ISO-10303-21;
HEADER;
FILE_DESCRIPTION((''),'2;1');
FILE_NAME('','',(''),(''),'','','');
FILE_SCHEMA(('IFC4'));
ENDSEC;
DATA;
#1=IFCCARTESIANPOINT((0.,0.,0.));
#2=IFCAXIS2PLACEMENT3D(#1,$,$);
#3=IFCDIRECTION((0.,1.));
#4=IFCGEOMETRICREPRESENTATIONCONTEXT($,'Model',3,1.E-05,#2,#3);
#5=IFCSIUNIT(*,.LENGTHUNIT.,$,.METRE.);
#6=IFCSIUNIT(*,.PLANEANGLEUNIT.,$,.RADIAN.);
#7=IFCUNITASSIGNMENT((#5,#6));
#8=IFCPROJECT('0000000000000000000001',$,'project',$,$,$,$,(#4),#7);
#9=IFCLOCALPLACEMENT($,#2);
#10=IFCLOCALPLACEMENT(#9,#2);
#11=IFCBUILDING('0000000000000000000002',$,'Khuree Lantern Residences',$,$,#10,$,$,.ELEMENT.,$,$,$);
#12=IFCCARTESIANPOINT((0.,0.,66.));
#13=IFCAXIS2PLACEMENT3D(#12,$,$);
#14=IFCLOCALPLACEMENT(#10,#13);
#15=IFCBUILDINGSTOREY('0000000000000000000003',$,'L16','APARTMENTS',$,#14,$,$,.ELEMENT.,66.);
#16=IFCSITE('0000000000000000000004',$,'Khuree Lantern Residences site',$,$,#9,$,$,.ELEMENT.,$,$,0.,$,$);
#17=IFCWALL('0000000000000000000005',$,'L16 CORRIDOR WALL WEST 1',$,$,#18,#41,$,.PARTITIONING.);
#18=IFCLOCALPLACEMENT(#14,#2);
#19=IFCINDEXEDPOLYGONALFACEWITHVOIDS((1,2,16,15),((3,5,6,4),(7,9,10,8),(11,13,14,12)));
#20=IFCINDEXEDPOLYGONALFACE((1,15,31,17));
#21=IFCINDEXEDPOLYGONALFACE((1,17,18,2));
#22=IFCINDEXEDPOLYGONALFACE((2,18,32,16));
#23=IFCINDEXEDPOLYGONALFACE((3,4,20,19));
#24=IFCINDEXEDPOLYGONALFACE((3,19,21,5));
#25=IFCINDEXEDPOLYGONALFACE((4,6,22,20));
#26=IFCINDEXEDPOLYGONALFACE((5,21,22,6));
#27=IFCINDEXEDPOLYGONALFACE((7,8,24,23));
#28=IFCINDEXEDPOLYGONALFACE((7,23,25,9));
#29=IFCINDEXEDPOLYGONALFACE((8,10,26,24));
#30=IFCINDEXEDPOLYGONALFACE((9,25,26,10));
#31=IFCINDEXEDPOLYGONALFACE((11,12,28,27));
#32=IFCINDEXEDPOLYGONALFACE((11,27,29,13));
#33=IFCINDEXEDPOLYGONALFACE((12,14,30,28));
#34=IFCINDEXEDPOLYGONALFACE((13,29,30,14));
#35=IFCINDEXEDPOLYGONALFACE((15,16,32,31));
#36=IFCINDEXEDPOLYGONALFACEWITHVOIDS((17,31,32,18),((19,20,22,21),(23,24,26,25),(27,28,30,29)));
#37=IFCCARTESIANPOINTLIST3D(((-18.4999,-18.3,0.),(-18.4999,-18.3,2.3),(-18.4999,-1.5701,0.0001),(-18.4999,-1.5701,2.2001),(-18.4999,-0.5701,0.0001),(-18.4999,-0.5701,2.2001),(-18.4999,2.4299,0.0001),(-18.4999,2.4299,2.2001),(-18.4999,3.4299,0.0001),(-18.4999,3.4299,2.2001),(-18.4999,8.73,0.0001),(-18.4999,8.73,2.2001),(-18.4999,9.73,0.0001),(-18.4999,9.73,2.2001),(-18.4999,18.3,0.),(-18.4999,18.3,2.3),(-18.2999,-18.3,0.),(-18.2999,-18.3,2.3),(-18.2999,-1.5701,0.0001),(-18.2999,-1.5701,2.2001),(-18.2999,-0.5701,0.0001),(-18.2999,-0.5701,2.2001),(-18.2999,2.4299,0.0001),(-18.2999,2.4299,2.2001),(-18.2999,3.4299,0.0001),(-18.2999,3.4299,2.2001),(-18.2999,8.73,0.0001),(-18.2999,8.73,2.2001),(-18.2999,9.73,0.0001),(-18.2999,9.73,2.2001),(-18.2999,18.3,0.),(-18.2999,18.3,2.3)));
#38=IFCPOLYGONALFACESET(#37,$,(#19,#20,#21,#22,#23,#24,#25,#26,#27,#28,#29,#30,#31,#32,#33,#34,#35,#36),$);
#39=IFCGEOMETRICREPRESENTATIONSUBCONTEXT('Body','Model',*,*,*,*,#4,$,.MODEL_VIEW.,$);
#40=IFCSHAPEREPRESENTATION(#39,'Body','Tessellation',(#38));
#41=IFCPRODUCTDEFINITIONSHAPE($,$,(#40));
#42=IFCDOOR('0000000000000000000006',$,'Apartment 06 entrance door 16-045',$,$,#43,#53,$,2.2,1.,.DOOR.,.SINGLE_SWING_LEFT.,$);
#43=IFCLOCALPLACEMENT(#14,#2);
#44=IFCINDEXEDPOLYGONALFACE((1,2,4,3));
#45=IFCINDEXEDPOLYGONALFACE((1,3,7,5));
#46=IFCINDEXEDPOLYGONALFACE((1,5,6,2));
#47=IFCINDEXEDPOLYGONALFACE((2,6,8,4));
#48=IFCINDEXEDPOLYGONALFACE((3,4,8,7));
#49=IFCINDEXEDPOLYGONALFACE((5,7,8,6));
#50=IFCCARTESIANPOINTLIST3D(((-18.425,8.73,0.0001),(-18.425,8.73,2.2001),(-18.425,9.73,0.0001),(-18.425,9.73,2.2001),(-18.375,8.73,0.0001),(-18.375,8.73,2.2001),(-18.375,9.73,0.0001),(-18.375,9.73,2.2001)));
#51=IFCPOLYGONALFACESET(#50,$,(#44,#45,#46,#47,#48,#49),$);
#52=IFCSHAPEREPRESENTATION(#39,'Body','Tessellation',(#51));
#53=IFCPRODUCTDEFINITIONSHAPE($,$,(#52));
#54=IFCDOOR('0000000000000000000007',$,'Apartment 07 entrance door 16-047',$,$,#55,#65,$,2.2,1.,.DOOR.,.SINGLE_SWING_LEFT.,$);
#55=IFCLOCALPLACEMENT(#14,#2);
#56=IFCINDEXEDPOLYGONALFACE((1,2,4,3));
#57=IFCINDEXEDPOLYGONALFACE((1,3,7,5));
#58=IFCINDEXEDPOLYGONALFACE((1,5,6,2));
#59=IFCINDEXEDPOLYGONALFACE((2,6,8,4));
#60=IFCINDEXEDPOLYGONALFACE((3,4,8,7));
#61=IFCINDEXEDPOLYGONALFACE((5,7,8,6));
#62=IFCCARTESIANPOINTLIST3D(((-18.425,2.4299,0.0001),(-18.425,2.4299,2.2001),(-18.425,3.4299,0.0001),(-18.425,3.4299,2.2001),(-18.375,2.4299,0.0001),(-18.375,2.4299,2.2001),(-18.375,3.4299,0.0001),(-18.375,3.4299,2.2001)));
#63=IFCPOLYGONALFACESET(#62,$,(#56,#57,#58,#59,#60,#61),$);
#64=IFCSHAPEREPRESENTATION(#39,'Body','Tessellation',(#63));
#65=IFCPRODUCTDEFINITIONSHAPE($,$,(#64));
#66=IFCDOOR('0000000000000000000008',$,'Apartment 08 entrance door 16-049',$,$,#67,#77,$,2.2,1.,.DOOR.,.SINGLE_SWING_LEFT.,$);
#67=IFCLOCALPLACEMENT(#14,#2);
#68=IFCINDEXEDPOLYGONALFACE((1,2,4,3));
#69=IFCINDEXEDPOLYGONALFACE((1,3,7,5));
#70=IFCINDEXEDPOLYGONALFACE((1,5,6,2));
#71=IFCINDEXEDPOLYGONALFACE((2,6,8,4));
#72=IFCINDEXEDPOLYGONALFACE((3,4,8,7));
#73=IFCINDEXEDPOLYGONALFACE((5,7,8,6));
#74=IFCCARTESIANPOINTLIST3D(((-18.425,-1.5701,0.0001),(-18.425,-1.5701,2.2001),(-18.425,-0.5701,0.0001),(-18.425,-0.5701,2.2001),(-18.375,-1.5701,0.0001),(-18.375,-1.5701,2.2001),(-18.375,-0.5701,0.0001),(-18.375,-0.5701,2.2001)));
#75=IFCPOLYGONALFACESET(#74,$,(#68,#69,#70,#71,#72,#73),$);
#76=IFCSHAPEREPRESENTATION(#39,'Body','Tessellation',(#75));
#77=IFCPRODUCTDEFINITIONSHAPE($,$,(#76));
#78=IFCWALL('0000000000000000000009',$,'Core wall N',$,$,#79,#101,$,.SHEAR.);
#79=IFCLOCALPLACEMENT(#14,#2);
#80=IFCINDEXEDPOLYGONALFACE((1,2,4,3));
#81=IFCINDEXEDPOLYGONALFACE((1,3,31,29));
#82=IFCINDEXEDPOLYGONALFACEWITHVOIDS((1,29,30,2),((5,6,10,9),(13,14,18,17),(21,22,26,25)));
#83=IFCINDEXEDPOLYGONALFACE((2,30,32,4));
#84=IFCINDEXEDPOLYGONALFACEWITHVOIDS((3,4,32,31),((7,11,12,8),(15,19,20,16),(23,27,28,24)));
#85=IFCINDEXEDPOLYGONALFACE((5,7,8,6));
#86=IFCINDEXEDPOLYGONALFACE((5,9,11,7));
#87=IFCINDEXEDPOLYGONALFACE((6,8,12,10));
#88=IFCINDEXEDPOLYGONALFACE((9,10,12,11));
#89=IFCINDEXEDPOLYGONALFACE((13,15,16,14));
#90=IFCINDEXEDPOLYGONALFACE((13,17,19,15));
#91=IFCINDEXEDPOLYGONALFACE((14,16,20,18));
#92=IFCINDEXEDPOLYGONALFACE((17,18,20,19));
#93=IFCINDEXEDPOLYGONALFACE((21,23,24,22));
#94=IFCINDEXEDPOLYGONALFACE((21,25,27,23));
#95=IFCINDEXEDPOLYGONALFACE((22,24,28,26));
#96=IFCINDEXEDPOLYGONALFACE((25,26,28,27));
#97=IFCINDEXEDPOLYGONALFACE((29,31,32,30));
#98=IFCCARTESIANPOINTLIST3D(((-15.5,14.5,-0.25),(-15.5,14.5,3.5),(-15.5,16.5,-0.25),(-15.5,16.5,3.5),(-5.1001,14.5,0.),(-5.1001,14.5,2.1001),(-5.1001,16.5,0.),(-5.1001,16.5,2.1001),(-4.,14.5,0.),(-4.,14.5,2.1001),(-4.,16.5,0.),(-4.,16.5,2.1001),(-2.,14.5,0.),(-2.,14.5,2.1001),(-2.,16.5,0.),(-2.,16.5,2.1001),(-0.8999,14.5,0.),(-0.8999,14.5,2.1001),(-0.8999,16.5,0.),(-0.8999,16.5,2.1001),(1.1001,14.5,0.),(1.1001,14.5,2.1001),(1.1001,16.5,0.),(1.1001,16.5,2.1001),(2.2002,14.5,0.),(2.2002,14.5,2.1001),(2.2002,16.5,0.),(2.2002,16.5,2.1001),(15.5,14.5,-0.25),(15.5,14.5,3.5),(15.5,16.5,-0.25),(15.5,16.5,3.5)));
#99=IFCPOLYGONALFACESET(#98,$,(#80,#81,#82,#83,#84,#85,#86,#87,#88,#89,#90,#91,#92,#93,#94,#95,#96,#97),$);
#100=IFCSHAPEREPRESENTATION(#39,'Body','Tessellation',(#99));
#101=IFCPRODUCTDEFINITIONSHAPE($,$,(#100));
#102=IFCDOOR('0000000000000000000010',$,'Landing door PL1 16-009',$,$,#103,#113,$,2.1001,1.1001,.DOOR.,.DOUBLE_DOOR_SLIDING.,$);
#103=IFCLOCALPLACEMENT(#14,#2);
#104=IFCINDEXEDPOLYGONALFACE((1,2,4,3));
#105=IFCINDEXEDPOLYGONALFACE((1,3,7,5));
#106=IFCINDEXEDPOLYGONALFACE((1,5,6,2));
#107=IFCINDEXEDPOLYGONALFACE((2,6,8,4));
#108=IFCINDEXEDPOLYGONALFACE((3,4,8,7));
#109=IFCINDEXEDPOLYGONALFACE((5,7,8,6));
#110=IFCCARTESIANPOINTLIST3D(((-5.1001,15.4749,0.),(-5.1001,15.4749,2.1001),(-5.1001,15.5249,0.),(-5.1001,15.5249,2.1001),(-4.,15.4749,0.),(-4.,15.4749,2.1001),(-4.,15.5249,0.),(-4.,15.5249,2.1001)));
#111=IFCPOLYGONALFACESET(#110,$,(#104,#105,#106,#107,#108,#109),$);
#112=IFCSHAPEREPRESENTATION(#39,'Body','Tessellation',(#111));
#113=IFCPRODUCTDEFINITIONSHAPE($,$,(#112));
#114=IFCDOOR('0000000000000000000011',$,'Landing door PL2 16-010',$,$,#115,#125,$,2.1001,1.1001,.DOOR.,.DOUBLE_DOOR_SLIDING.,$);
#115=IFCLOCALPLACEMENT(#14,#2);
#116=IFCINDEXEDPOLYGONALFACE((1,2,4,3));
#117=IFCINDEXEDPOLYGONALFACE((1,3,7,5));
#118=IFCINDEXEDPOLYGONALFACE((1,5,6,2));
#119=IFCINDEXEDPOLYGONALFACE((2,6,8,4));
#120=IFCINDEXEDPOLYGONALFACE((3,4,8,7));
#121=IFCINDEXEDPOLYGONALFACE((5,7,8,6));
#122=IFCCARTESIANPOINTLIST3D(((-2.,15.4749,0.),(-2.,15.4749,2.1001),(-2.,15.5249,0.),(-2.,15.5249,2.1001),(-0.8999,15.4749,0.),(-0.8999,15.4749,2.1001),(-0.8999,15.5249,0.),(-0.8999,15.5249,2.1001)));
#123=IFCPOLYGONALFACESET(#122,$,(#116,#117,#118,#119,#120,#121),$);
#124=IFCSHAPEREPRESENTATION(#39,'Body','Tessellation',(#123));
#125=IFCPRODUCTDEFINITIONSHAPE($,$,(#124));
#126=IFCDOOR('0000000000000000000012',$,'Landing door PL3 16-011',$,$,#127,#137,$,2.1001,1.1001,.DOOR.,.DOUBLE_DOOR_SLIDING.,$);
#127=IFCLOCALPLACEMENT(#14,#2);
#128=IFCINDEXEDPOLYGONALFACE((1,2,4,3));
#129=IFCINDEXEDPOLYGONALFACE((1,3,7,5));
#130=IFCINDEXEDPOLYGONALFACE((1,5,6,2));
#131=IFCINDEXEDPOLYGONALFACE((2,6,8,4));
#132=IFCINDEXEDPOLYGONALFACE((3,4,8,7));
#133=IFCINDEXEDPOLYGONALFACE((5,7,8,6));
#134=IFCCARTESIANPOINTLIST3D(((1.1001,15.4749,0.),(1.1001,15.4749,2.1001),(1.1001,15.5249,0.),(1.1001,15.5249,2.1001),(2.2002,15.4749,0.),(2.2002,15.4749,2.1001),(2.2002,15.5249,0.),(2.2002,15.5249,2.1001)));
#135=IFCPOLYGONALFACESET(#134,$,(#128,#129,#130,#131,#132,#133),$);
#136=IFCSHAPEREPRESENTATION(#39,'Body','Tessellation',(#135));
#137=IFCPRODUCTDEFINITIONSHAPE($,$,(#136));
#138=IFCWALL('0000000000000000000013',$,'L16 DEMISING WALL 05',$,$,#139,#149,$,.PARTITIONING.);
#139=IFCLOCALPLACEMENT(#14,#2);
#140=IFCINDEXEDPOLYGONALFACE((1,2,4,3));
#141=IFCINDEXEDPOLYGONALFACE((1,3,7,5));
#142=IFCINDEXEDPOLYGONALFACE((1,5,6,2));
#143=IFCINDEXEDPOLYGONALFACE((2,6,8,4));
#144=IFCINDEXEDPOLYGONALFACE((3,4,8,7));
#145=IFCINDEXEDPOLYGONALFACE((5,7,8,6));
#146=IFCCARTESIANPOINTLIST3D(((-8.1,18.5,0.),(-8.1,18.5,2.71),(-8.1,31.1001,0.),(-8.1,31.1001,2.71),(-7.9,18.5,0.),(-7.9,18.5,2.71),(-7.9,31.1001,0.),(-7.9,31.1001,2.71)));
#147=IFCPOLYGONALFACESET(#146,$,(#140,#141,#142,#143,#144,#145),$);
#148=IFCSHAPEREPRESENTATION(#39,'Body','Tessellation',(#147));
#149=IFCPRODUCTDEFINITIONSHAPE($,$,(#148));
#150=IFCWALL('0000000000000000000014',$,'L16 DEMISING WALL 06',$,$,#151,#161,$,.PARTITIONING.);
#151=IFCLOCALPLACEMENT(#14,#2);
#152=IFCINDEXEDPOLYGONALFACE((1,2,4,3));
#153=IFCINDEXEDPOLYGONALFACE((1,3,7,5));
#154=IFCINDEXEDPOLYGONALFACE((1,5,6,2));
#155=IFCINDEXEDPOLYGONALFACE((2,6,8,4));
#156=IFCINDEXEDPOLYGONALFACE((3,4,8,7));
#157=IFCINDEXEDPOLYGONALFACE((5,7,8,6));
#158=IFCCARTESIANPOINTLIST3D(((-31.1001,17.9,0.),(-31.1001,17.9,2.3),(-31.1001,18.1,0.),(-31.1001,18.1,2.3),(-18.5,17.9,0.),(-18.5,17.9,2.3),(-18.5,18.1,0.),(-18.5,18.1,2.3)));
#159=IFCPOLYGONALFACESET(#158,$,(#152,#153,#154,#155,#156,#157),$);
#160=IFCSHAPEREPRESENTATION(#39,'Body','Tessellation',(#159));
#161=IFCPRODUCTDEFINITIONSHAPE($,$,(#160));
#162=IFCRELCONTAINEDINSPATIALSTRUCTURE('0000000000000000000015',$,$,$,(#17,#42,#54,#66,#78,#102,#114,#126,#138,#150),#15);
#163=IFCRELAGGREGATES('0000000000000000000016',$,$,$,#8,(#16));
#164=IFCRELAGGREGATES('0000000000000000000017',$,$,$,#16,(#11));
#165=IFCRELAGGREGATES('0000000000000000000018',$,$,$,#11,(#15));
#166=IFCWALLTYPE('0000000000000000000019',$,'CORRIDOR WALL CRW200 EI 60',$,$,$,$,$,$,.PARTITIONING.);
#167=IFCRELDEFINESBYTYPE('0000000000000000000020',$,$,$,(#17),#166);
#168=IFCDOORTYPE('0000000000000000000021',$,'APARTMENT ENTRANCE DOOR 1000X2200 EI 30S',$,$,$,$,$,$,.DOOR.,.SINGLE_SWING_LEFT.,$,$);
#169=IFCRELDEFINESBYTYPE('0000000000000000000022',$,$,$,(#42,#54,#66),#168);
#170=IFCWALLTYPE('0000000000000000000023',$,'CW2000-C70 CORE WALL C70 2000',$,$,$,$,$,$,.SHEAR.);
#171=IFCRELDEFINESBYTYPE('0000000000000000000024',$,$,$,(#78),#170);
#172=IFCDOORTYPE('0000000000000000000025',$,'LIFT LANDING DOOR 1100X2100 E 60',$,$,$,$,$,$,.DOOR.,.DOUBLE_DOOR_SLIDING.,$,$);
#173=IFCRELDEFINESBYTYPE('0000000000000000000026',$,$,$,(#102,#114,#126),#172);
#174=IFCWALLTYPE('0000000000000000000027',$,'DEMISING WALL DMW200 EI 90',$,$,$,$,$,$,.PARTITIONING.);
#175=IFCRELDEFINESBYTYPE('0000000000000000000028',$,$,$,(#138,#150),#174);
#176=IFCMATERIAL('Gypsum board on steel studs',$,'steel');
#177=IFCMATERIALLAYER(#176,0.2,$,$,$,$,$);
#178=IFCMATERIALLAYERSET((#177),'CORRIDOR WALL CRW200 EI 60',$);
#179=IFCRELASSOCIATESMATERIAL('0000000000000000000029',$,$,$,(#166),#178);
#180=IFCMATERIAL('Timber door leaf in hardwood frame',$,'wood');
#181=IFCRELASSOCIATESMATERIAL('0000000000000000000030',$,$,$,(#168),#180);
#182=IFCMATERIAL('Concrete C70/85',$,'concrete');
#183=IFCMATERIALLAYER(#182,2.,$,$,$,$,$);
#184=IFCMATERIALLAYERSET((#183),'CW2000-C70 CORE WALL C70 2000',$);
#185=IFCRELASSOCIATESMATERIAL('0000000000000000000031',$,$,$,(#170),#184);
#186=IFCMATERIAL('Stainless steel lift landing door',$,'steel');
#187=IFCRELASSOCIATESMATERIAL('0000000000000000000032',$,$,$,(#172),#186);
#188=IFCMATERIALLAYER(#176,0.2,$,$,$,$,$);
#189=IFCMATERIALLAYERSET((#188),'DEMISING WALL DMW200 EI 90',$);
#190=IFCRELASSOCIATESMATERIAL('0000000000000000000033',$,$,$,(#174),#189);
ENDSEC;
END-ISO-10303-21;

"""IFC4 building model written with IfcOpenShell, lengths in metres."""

from ifc_helpers import new_model, si_unit, direction, frame, frame_2d, origin, place, context, subcontext, project, spatial, rectangle, extrude, material, layer, layer_set, type_object, element, fill, save


model = new_model("IFC4")

# Units and contexts
model_context = context("Model", 3, precision=1e-05, world=origin(), true_north=direction((0.0, 1.0)))
body_context = subcontext(model_context, "Body", "Model", "MODEL_VIEW")
ifc_project = project(units=[si_unit("LENGTHUNIT", "METRE"), si_unit("PLANEANGLEUNIT", "RADIAN")], contexts=[model_context])

# Site, building, storey
site_placement = place(None, origin())
site = spatial("IfcSite", under=ifc_project, at=site_placement, Name="Khuree Lantern Residences site", CompositionType="ELEMENT", RefElevation=0.0)
building_placement = place(site_placement, origin())
building = spatial("IfcBuilding", under=site, at=building_placement, Name="Khuree Lantern Residences", CompositionType="ELEMENT")
storey_placement = place(building_placement, frame((0.0, 0.0, 66.0)))
storey = spatial("IfcBuildingStorey", under=building, at=storey_placement, Name="L16", Description="APARTMENTS", CompositionType="ELEMENT", Elevation=66.0)

# Shared definitions
ifc_material_1 = material(Name="Concrete C70/85", Category="concrete")

# Walls, openings, doors
ifc_material_2 = material(Name="Gypsum board on steel studs", Category="steel")
ifc_layer_1 = layer(ifc_material_2, 0.2)
ifc_layer_set_1 = layer_set([ifc_layer_1], Name="CORRIDOR WALL CRW200 EI 60")
wall_type_1 = type_object("IfcWallType", Name="CORRIDOR WALL CRW200 EI 60", PredefinedType="PARTITIONING", material=ifc_layer_set_1)
ifc_material_3 = material(Name="Timber door leaf in hardwood frame", Category="wood")
door_type_1 = type_object("IfcDoorType", Name="APARTMENT ENTRANCE DOOR 1000X2200 EI 30S", OperationType="SINGLE_SWING_LEFT", PredefinedType="DOOR", material=ifc_material_3)
wall_1_placement = place(storey_placement, frame((-18.3999, 18.3, 0.0), z_axis=(0.0, 0.0, 1.0), x_axis=(0.0, -1.0, 0.0)))
wall_1 = element("IfcWall", 1, at=wall_1_placement, inside=storey, type_object=wall_type_1, Name="L16 CORRIDOR WALL WEST 1", PredefinedType="PARTITIONING", context=body_context, shape_type="SweptSolid", body=[
    extrude(rectangle(XDim=36.6001, YDim=0.2, at=frame_2d((18.3, 0.0))), origin(), (0.0, 0.0, 1.0), 2.3),
])
opening_1_placement = place(wall_1_placement, frame((8.5701, 0.0, 0.0)))
opening_1 = element("IfcOpeningElement", 2, at=opening_1_placement, cuts=wall_1, PredefinedType="OPENING", context=body_context, shape_type="SweptSolid", body=[
    extrude(rectangle(XDim=1.0, YDim=2.2, at=frame_2d((0.5, 1.1001))), frame((0.0, 0.1099, 0.0), z_axis=(0.0, -1.0, 0.0), x_axis=(1.0, 0.0, 0.0)), (0.0, 0.0, 1.0), 0.22),
])
opening_2_placement = place(wall_1_placement, frame((14.8701, 0.0, 0.0)))
opening_2 = element("IfcOpeningElement", 3, at=opening_2_placement, cuts=wall_1, PredefinedType="OPENING", context=body_context, shape_type="SweptSolid", body=[
    extrude(rectangle(XDim=1.0, YDim=2.2, at=frame_2d((0.5, 1.1001))), frame((0.0, 0.1099, 0.0), z_axis=(0.0, -1.0, 0.0), x_axis=(1.0, 0.0, 0.0)), (0.0, 0.0, 1.0), 0.22),
])
opening_3_placement = place(wall_1_placement, frame((18.8701, 0.0, 0.0)))
opening_3 = element("IfcOpeningElement", 4, at=opening_3_placement, cuts=wall_1, PredefinedType="OPENING", context=body_context, shape_type="SweptSolid", body=[
    extrude(rectangle(XDim=1.0, YDim=2.2, at=frame_2d((0.5, 1.1001))), frame((0.0, 0.1099, 0.0), z_axis=(0.0, -1.0, 0.0), x_axis=(1.0, 0.0, 0.0)), (0.0, 0.0, 1.0), 0.22),
])
door_1_placement = place(opening_1_placement, origin())
door_1 = element("IfcDoor", 5, at=door_1_placement, inside=storey, type_object=door_type_1, Name="Apartment 06 entrance door 16-045", OperationType="SINGLE_SWING_LEFT", OverallHeight=2.2, OverallWidth=1.0, PredefinedType="DOOR", context=body_context, shape_type="SweptSolid", body=[
    extrude(rectangle(XDim=1.0, YDim=2.2, at=frame_2d((0.5, 1.1001))), frame((0.0, 0.0249, 0.0), z_axis=(0.0, -1.0, 0.0), x_axis=(1.0, 0.0, 0.0)), (0.0, 0.0, 1.0), 0.05),
])
fill(opening_1, door_1)
door_2_placement = place(opening_2_placement, origin())
door_2 = element("IfcDoor", 6, at=door_2_placement, inside=storey, type_object=door_type_1, Name="Apartment 07 entrance door 16-047", OperationType="SINGLE_SWING_LEFT", OverallHeight=2.2, OverallWidth=1.0, PredefinedType="DOOR", context=body_context, shape_type="SweptSolid", body=[
    extrude(rectangle(XDim=1.0, YDim=2.2, at=frame_2d((0.5, 1.1001))), frame((0.0, 0.0249, 0.0), z_axis=(0.0, -1.0, 0.0), x_axis=(1.0, 0.0, 0.0)), (0.0, 0.0, 1.0), 0.05),
])
fill(opening_2, door_2)
door_3_placement = place(opening_3_placement, origin())
door_3 = element("IfcDoor", 7, at=door_3_placement, inside=storey, type_object=door_type_1, Name="Apartment 08 entrance door 16-049", OperationType="SINGLE_SWING_LEFT", OverallHeight=2.2, OverallWidth=1.0, PredefinedType="DOOR", context=body_context, shape_type="SweptSolid", body=[
    extrude(rectangle(XDim=1.0, YDim=2.2, at=frame_2d((0.5, 1.1001))), frame((0.0, 0.0249, 0.0), z_axis=(0.0, -1.0, 0.0), x_axis=(1.0, 0.0, 0.0)), (0.0, 0.0, 1.0), 0.05),
])
fill(opening_3, door_3)
ifc_layer_2 = layer(ifc_material_1, 2.0)
ifc_layer_set_2 = layer_set([ifc_layer_2], Name="CW2000-C70 CORE WALL C70 2000")
wall_type_2 = type_object("IfcWallType", Name="CW2000-C70 CORE WALL C70 2000", PredefinedType="SHEAR", material=ifc_layer_set_2)
wall_2_placement = place(storey_placement, frame((-15.5, 15.5, -0.25), z_axis=(0.0, 0.0, 1.0), x_axis=(1.0, 0.0, 0.0)))
wall_2 = element("IfcWall", 8, at=wall_2_placement, inside=storey, type_object=wall_type_2, Name="Core wall N", PredefinedType="SHEAR", context=body_context, shape_type="SweptSolid", body=[
    extrude(rectangle(XDim=31.0, YDim=2.0, at=frame_2d((15.5, 0.0))), origin(), (0.0, 0.0, 1.0), 3.75),
])
opening_4_placement = place(wall_2_placement, frame((10.3999, 0.0, 0.25)))
opening_4 = element("IfcOpeningElement", 9, at=opening_4_placement, cuts=wall_2, PredefinedType="OPENING", context=body_context, shape_type="SweptSolid", body=[
    extrude(rectangle(XDim=1.1001, YDim=2.1001, at=frame_2d((0.55, 1.05))), frame((0.0, 1.01, 0.0), z_axis=(0.0, -1.0, 0.0), x_axis=(1.0, 0.0, 0.0)), (0.0, 0.0, 1.0), 2.02),
])
opening_5_placement = place(wall_2_placement, frame((13.5, 0.0, 0.25)))
opening_5 = element("IfcOpeningElement", 10, at=opening_5_placement, cuts=wall_2, PredefinedType="OPENING", context=body_context, shape_type="SweptSolid", body=[
    extrude(rectangle(XDim=1.1001, YDim=2.1001, at=frame_2d((0.55, 1.05))), frame((0.0, 1.01, 0.0), z_axis=(0.0, -1.0, 0.0), x_axis=(1.0, 0.0, 0.0)), (0.0, 0.0, 1.0), 2.02),
])
opening_6_placement = place(wall_2_placement, frame((16.6001, 0.0, 0.25)))
opening_6 = element("IfcOpeningElement", 11, at=opening_6_placement, cuts=wall_2, PredefinedType="OPENING", context=body_context, shape_type="SweptSolid", body=[
    extrude(rectangle(XDim=1.1001, YDim=2.1001, at=frame_2d((0.55, 1.05))), frame((0.0, 1.01, 0.0), z_axis=(0.0, -1.0, 0.0), x_axis=(1.0, 0.0, 0.0)), (0.0, 0.0, 1.0), 2.02),
])
ifc_material_4 = material(Name="Stainless steel lift landing door", Category="steel")
door_type_2 = type_object("IfcDoorType", Name="LIFT LANDING DOOR 1100X2100 E 60", OperationType="DOUBLE_DOOR_SLIDING", PredefinedType="DOOR", material=ifc_material_4)
door_4_placement = place(opening_4_placement, origin())
door_4 = element("IfcDoor", 12, at=door_4_placement, inside=storey, type_object=door_type_2, Name="Landing door PL1 16-009", OperationType="DOUBLE_DOOR_SLIDING", OverallHeight=2.1001, OverallWidth=1.1001, PredefinedType="DOOR", context=body_context, shape_type="SweptSolid", body=[
    extrude(rectangle(XDim=1.1001, YDim=2.1001, at=frame_2d((0.55, 1.05))), frame((0.0, 0.0249, 0.0), z_axis=(0.0, -1.0, 0.0), x_axis=(1.0, 0.0, 0.0)), (0.0, 0.0, 1.0), 0.05),
])
fill(opening_4, door_4)
door_5_placement = place(opening_5_placement, origin())
door_5 = element("IfcDoor", 13, at=door_5_placement, inside=storey, type_object=door_type_2, Name="Landing door PL2 16-010", OperationType="DOUBLE_DOOR_SLIDING", OverallHeight=2.1001, OverallWidth=1.1001, PredefinedType="DOOR", context=body_context, shape_type="SweptSolid", body=[
    extrude(rectangle(XDim=1.1001, YDim=2.1001, at=frame_2d((0.55, 1.05))), frame((0.0, 0.0249, 0.0), z_axis=(0.0, -1.0, 0.0), x_axis=(1.0, 0.0, 0.0)), (0.0, 0.0, 1.0), 0.05),
])
fill(opening_5, door_5)
door_6_placement = place(opening_6_placement, origin())
door_6 = element("IfcDoor", 14, at=door_6_placement, inside=storey, type_object=door_type_2, Name="Landing door PL3 16-011", OperationType="DOUBLE_DOOR_SLIDING", OverallHeight=2.1001, OverallWidth=1.1001, PredefinedType="DOOR", context=body_context, shape_type="SweptSolid", body=[
    extrude(rectangle(XDim=1.1001, YDim=2.1001, at=frame_2d((0.55, 1.05))), frame((0.0, 0.0249, 0.0), z_axis=(0.0, -1.0, 0.0), x_axis=(1.0, 0.0, 0.0)), (0.0, 0.0, 1.0), 0.05),
])
fill(opening_6, door_6)

# Walls
ifc_layer_3 = layer(ifc_material_2, 0.2)
ifc_layer_set_3 = layer_set([ifc_layer_3], Name="DEMISING WALL DMW200 EI 90")
wall_type_3 = type_object("IfcWallType", Name="DEMISING WALL DMW200 EI 90", PredefinedType="PARTITIONING", material=ifc_layer_set_3)
wall_3_placement = place(storey_placement, frame((-8.0, 18.5, 0.0), z_axis=(0.0, 0.0, 1.0), x_axis=(0.0, 1.0, 0.0)))
element("IfcWall", 15, at=wall_3_placement, inside=storey, type_object=wall_type_3, Name="L16 DEMISING WALL 05", PredefinedType="PARTITIONING", context=body_context, shape_type="SweptSolid", body=[
    extrude(rectangle(XDim=12.6001, YDim=0.2, at=frame_2d((6.3, 0.0))), origin(), (0.0, 0.0, 1.0), 2.71),
])
wall_4_placement = place(storey_placement, frame((-18.5, 18.0, 0.0), z_axis=(0.0, 0.0, 1.0), x_axis=(-1.0, 0.0, 0.0)))
element("IfcWall", 16, at=wall_4_placement, inside=storey, type_object=wall_type_3, Name="L16 DEMISING WALL 06", PredefinedType="PARTITIONING", context=body_context, shape_type="SweptSolid", body=[
    extrude(rectangle(XDim=12.6001, YDim=0.2, at=frame_2d((6.3, 0.0))), origin(), (0.0, 0.0, 1.0), 2.3),
])

save(model, "model.ifc")
